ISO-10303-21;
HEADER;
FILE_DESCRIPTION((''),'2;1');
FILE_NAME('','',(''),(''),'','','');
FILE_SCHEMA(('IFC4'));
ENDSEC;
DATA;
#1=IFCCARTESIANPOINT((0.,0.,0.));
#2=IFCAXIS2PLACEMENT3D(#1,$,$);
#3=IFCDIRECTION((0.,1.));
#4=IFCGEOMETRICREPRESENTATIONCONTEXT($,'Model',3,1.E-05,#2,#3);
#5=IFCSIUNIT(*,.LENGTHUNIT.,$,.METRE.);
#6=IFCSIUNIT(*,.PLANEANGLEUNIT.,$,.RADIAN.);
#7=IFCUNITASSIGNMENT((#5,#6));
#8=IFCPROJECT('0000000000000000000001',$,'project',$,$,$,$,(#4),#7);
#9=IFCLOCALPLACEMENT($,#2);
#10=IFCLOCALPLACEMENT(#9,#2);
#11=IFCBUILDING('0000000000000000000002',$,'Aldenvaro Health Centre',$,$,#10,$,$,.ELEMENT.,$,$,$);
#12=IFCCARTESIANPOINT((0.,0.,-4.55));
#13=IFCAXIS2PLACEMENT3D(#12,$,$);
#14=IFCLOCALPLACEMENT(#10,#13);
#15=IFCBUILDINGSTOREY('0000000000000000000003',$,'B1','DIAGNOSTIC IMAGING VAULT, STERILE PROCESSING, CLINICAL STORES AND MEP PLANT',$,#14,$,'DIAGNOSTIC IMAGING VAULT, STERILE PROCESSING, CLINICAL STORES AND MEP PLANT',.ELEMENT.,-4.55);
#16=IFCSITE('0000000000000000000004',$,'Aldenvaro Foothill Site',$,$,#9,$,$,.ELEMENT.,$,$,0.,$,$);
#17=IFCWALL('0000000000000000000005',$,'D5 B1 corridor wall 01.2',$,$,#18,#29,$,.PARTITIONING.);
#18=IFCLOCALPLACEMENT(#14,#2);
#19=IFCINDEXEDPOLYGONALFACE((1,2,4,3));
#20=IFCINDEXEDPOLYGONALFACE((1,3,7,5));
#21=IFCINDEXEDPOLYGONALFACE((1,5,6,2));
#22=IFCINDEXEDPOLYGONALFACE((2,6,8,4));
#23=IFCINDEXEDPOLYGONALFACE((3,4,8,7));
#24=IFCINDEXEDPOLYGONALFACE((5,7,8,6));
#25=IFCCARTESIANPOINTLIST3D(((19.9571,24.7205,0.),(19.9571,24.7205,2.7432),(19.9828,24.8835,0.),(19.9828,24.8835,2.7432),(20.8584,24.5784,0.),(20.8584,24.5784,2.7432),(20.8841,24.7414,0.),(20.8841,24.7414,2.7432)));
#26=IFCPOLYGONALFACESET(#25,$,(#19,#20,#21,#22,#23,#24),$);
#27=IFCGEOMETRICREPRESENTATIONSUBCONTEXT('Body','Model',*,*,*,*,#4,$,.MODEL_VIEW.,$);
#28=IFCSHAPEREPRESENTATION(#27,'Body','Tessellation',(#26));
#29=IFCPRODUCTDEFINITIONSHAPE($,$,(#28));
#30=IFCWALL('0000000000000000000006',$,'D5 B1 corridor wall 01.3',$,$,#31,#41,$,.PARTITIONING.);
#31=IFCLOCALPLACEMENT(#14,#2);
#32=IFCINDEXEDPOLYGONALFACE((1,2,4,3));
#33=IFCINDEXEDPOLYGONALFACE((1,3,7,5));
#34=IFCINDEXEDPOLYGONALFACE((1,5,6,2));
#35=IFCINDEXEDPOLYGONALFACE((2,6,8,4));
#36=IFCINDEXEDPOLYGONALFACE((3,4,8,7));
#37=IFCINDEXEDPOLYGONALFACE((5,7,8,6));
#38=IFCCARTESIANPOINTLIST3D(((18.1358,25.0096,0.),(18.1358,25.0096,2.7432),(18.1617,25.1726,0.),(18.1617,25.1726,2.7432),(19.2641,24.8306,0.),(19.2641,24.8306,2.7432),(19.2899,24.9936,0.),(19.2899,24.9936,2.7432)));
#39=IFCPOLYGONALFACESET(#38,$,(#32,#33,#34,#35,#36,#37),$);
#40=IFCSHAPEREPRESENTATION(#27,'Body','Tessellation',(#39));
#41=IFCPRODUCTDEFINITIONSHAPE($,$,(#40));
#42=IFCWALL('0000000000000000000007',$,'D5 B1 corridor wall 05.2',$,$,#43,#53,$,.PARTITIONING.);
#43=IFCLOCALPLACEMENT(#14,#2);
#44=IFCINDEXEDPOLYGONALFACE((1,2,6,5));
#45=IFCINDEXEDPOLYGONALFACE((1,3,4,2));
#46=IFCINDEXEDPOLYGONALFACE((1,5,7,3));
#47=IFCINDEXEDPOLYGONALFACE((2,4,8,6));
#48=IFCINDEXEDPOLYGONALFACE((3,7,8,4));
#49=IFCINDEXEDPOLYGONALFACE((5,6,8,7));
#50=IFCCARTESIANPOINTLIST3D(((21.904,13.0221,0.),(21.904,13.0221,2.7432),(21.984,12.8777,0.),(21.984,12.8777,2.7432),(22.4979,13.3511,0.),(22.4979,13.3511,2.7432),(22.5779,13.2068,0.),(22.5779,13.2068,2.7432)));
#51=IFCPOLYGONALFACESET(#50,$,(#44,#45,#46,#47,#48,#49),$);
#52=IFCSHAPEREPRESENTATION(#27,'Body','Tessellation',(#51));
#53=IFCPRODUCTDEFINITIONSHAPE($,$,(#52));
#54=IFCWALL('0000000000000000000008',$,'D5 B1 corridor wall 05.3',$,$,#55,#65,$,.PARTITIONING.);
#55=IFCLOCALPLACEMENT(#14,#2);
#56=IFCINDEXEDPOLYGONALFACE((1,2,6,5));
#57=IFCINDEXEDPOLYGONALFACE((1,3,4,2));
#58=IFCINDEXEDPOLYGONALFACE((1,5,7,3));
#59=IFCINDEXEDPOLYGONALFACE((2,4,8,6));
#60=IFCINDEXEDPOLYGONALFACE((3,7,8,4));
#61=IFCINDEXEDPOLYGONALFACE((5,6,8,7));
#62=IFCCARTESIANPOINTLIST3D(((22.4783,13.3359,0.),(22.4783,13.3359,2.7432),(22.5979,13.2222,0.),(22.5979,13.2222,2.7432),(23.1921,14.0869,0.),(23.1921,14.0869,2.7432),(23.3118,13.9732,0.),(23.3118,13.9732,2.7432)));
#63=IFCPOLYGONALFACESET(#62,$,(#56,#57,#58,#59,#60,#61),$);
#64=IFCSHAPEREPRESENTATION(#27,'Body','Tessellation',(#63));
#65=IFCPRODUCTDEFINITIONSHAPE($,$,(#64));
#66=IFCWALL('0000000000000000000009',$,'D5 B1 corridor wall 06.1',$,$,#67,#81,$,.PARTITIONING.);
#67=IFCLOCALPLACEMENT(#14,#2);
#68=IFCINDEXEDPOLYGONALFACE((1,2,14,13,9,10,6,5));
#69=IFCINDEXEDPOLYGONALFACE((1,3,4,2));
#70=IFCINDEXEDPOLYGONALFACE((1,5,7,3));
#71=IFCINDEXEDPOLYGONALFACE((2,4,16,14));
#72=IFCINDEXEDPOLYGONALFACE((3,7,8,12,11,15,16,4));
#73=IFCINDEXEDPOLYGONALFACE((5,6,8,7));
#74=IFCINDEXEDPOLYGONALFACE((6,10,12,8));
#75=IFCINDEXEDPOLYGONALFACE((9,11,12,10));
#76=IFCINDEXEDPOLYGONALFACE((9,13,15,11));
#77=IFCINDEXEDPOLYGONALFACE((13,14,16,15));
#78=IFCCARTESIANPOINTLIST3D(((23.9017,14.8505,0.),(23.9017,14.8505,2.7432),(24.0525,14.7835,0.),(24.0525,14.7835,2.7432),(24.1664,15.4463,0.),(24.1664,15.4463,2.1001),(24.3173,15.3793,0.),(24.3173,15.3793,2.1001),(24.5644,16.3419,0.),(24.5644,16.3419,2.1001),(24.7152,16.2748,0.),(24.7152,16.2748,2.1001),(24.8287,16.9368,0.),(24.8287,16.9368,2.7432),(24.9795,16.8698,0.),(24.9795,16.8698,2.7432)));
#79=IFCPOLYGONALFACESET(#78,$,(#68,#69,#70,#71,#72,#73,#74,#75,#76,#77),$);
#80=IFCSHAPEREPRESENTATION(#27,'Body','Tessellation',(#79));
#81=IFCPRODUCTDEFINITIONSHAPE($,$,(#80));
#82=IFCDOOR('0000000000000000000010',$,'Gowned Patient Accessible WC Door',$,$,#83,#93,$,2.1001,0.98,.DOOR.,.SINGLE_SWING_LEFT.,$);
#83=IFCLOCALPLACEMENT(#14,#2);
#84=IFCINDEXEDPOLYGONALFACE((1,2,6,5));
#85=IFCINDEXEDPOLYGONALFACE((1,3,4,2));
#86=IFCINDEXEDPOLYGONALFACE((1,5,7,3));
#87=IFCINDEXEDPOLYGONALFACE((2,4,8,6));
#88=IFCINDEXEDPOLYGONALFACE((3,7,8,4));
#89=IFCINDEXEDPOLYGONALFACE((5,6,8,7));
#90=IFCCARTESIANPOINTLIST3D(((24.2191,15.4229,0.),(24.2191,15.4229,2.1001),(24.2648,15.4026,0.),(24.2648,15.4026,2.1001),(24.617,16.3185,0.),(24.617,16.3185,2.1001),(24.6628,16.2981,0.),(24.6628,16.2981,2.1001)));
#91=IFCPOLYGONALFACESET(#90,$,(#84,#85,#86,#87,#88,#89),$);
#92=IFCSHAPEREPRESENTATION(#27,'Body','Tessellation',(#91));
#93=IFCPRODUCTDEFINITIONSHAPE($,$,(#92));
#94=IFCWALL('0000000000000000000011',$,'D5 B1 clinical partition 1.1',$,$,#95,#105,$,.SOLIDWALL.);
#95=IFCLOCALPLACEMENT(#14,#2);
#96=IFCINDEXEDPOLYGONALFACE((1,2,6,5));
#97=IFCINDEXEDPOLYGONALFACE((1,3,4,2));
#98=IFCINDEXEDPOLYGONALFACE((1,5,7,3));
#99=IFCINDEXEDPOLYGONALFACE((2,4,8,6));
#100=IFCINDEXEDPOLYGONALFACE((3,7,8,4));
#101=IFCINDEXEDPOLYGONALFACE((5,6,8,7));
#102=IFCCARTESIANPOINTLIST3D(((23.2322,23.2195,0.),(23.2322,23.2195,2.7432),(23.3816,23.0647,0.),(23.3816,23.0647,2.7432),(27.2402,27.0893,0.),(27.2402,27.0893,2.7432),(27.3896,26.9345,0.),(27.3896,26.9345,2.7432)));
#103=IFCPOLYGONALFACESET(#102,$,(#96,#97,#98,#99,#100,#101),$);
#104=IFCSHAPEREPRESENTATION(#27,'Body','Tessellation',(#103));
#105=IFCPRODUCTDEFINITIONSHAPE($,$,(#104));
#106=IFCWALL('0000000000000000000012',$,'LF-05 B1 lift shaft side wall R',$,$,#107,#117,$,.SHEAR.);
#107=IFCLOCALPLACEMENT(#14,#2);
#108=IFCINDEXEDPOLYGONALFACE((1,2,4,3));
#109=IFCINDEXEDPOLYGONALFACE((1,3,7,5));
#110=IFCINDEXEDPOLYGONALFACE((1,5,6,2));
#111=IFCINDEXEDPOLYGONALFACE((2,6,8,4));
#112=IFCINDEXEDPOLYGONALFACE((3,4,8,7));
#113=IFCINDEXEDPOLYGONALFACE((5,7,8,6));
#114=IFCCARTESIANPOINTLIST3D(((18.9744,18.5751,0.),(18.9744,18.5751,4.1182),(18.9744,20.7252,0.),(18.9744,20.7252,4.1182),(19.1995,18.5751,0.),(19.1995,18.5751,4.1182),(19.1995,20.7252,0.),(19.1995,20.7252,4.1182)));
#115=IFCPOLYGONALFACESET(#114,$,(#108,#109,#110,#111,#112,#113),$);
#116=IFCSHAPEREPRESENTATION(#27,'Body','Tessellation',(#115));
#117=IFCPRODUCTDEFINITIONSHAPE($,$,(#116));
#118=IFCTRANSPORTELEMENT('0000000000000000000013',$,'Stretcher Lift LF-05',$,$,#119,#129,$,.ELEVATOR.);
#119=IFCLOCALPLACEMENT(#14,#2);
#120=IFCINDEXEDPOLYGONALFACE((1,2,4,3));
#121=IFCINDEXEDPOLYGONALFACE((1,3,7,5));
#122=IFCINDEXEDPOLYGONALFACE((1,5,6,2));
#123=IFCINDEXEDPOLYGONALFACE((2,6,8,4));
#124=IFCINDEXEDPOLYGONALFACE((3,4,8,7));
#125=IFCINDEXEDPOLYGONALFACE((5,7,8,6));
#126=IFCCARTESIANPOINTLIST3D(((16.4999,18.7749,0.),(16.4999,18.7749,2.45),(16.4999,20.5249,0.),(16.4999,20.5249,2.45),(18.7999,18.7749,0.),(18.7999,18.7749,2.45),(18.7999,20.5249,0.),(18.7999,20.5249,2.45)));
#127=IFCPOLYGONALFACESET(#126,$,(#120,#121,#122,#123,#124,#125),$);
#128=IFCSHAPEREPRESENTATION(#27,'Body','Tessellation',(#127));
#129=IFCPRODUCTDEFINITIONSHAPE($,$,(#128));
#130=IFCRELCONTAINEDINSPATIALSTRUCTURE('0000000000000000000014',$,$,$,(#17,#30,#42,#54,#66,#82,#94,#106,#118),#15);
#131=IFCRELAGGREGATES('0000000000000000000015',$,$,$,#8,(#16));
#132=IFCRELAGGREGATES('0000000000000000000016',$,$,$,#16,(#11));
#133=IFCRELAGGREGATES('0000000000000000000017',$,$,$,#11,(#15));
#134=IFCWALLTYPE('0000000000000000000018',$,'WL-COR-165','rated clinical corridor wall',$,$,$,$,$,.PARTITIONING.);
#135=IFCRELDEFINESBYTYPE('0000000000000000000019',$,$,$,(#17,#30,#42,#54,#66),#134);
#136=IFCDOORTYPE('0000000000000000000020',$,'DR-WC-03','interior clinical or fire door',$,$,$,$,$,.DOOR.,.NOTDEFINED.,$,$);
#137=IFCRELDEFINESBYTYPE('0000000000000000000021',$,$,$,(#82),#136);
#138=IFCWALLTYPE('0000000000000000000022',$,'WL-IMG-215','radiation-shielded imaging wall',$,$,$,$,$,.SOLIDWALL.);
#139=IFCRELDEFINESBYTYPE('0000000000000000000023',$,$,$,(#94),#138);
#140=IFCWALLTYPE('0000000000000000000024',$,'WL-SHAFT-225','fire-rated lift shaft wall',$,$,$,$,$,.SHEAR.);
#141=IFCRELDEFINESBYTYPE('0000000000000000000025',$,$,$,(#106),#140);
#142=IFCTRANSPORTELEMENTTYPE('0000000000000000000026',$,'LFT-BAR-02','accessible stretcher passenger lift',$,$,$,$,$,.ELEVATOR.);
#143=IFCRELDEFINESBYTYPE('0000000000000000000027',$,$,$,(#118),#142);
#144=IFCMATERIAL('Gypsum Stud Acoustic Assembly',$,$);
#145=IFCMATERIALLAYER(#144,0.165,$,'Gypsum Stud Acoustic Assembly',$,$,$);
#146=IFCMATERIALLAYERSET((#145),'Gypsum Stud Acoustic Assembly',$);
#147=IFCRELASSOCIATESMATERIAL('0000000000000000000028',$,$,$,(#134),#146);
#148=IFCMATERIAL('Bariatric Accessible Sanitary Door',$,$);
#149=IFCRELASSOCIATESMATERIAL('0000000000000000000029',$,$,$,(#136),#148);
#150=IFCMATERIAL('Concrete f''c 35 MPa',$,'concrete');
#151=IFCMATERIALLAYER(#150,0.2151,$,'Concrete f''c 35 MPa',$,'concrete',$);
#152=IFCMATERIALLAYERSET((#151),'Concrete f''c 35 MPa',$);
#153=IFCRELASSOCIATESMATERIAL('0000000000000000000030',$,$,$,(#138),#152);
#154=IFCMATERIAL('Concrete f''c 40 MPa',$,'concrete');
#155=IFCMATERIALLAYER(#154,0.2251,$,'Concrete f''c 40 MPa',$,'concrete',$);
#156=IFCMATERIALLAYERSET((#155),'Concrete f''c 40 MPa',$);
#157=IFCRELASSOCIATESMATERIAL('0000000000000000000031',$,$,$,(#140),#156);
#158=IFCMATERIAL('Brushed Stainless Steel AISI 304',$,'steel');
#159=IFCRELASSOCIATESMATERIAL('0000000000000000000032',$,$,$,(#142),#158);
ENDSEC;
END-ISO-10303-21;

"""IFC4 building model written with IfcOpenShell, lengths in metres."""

from ifc_helpers import new_model, si_unit, direction, frame, frame_2d, origin, origin_2d, place, context, subcontext, project, spatial, rectangle, extrude, material, layer, layer_set, type_object, element, fill, save


model = new_model("IFC4")

# Units and contexts
model_context = context("Model", 3, precision=1e-05, world=origin(), true_north=direction((0.0, 1.0)))
body_context = subcontext(model_context, "Body", "Model", "MODEL_VIEW")
ifc_project = project(units=[si_unit("LENGTHUNIT", "METRE"), si_unit("PLANEANGLEUNIT", "RADIAN")], contexts=[model_context])

# Site, building, storey
site_placement = place(None, origin())
site = spatial("IfcSite", under=ifc_project, at=site_placement, Name="Aldenvaro Foothill Site", CompositionType="ELEMENT", RefElevation=0.0)
building_placement = place(site_placement, origin())
building = spatial("IfcBuilding", under=site, at=building_placement, Name="Aldenvaro Health Centre", CompositionType="ELEMENT")
storey_placement = place(building_placement, frame((0.0, 0.0, -4.55)))
storey = spatial("IfcBuildingStorey", under=building, at=storey_placement, Name="B1", Description="DIAGNOSTIC IMAGING VAULT, STERILE PROCESSING, CLINICAL STORES AND MEP PLANT", LongName="DIAGNOSTIC IMAGING VAULT, STERILE PROCESSING, CLINICAL STORES AND MEP PLANT", CompositionType="ELEMENT", Elevation=-4.55)

# Shared definitions
ifc_material_1 = material(Name="Concrete f'c 40 MPa", Category="concrete")

# Shared definitions
ifc_material_2 = material(Name="Gypsum Stud Acoustic Assembly")
ifc_layer_1 = layer(ifc_material_2, 0.165, Name="Gypsum Stud Acoustic Assembly")
ifc_layer_set_1 = layer_set([ifc_layer_1], Name="Gypsum Stud Acoustic Assembly")
wall_type_1 = type_object("IfcWallType", Name="WL-COR-165", Description="rated clinical corridor wall", PredefinedType="PARTITIONING", material=ifc_layer_set_1)

# Walls
wall_1_placement = place(storey_placement, frame((20.8711, 24.6599, 0.0), z_axis=(0.0, 0.0, 1.0), x_axis=(-0.987795, 0.155756, 0.0)))
element("IfcWall", 1, at=wall_1_placement, inside=storey, type_object=wall_type_1, Name="D5 B1 corridor wall 01.2", PredefinedType="PARTITIONING", context=body_context, shape_type="SweptSolid", body=[
    extrude(rectangle(XDim=0.9124, YDim=0.165, at=frame_2d((0.4561, 0.0))), origin(), (0.0, 0.0, 1.0), 2.7432),
])
wall_2_placement = place(storey_placement, frame((19.2771, 24.9121, 0.0), z_axis=(0.0, 0.0, 1.0), x_axis=(-0.987652, 0.156665, 0.0)))
element("IfcWall", 2, at=wall_2_placement, inside=storey, type_object=wall_type_1, Name="D5 B1 corridor wall 01.3", PredefinedType="PARTITIONING", context=body_context, shape_type="SweptSolid", body=[
    extrude(rectangle(XDim=1.1423, YDim=0.165, at=frame_2d((0.5713, 0.0))), origin(), (0.0, 0.0, 1.0), 2.7432),
])
wall_3_placement = place(storey_placement, frame((21.9441, 12.95, 0.0), z_axis=(0.0, 0.0, 1.0), x_axis=(0.874716, 0.484635, 0.0)))
element("IfcWall", 3, at=wall_3_placement, inside=storey, type_object=wall_type_1, Name="D5 B1 corridor wall 05.2", PredefinedType="PARTITIONING", context=body_context, shape_type="SweptSolid", body=[
    extrude(rectangle(XDim=0.679, YDim=0.165, at=frame_2d((0.3394, 0.0))), origin(), (0.0, 0.0, 1.0), 2.7432),
])
wall_4_placement = place(storey_placement, frame((22.5381, 13.2791, 0.0), z_axis=(0.0, 0.0, 1.0), x_axis=(0.688972, 0.724788, 0.0)))
element("IfcWall", 4, at=wall_4_placement, inside=storey, type_object=wall_type_1, Name="D5 B1 corridor wall 05.3", PredefinedType="PARTITIONING", context=body_context, shape_type="SweptSolid", body=[
    extrude(rectangle(XDim=1.0361, YDim=0.165, at=frame_2d((0.5181, 0.0))), origin(), (0.0, 0.0, 1.0), 2.7432),
])

# Wall, opening, door
wall_5_placement = place(storey_placement, frame((23.9771, 14.8169, 0.0), z_axis=(0.0, 0.0, 1.0), x_axis=(0.406069, 0.913842, 0.0)))
wall_5 = element("IfcWall", 5, at=wall_5_placement, inside=storey, type_object=wall_type_1, Name="D5 B1 corridor wall 06.1", PredefinedType="PARTITIONING", context=body_context, shape_type="SweptSolid", body=[
    extrude(rectangle(XDim=2.283, YDim=0.165, at=frame_2d((1.1416, 0.0))), origin(), (0.0, 0.0, 1.0), 2.7432),
])
opening_1_placement = place(wall_5_placement, frame((0.6521, 0.0, 0.0)))
opening_1 = element("IfcOpeningElement", 6, at=opening_1_placement, cuts=wall_5, PredefinedType="OPENING", context=body_context, shape_type="SweptSolid", body=[
    extrude(rectangle(XDim=0.98, YDim=2.1001, at=frame_2d((0.49, 1.05))), frame((0.0, 0.0925, 0.0), z_axis=(0.0, -1.0, 0.0), x_axis=(1.0, 0.0, 0.0)), (0.0, 0.0, 1.0), 0.1851),
])
ifc_material_3 = material(Name="Bariatric Accessible Sanitary Door")
door_type_1 = type_object("IfcDoorType", Name="DR-WC-03", Description="interior clinical or fire door", OperationType="NOTDEFINED", PredefinedType="DOOR", material=ifc_material_3)
door_1_placement = place(opening_1_placement, origin())
door_1 = element("IfcDoor", 7, at=door_1_placement, inside=storey, type_object=door_type_1, Name="Gowned Patient Accessible WC Door", OperationType="SINGLE_SWING_LEFT", OverallHeight=2.1001, OverallWidth=0.98, PredefinedType="DOOR", context=body_context, shape_type="SweptSolid", body=[
    extrude(rectangle(XDim=0.98, YDim=2.1001, at=frame_2d((0.49, 1.05))), frame((0.0, 0.0249, 0.0), z_axis=(0.0, -1.0, 0.0), x_axis=(1.0, 0.0, 0.0)), (0.0, 0.0, 1.0), 0.05),
])
fill(opening_1, door_1)

# Walls
ifc_material_4 = material(Name="Concrete f'c 35 MPa", Category="concrete")
ifc_layer_2 = layer(ifc_material_4, 0.2151, Name="Concrete f'c 35 MPa", Category="concrete")
ifc_layer_set_2 = layer_set([ifc_layer_2], Name="Concrete f'c 35 MPa")
wall_type_2 = type_object("IfcWallType", Name="WL-IMG-215", Description="radiation-shielded imaging wall", PredefinedType="SOLIDWALL", material=ifc_layer_set_2)
wall_6_placement = place(storey_placement, frame((23.3069, 23.1421, 0.0), z_axis=(0.0, 0.0, 1.0), x_axis=(0.719399, 0.694597, 0.0)))
element("IfcWall", 8, at=wall_6_placement, inside=storey, type_object=wall_type_2, Name="D5 B1 clinical partition 1.1", PredefinedType="SOLIDWALL", context=body_context, shape_type="SweptSolid", body=[
    extrude(rectangle(XDim=5.5713, YDim=0.2151, at=frame_2d((2.7856, 0.0))), origin(), (0.0, 0.0, 1.0), 2.7432),
])
ifc_layer_3 = layer(ifc_material_1, 0.2251, Name="Concrete f'c 40 MPa", Category="concrete")
ifc_layer_set_3 = layer_set([ifc_layer_3], Name="Concrete f'c 40 MPa")
wall_type_3 = type_object("IfcWallType", Name="WL-SHAFT-225", Description="fire-rated lift shaft wall", PredefinedType="SHEAR", material=ifc_layer_set_3)
wall_7_placement = place(storey_placement, frame((19.0869, 18.575, 0.0), z_axis=(0.0, 0.0, 1.0), x_axis=(0.0, 1.0, 0.0)))
element("IfcWall", 9, at=wall_7_placement, inside=storey, type_object=wall_type_3, Name="LF-05 B1 lift shaft side wall R", PredefinedType="SHEAR", context=body_context, shape_type="SweptSolid", body=[
    extrude(rectangle(XDim=2.1501, YDim=0.2251, at=frame_2d((1.0752, 0.0))), origin(), (0.0, 0.0, 1.0), 4.1182),
])

# Transport element
ifc_material_5 = material(Name="Brushed Stainless Steel AISI 304", Category="steel")
transport_element_type = type_object("IfcTransportElementType", Name="LFT-BAR-02", Description="accessible stretcher passenger lift", PredefinedType="ELEVATOR", material=ifc_material_5)
transport_element_placement = place(storey_placement, frame((17.6499, 19.6499, 0.0), z_axis=(0.0, 0.0, 1.0), x_axis=(1.0, 0.0, 0.0)))
element("IfcTransportElement", 10, at=transport_element_placement, inside=storey, type_object=transport_element_type, Name="Stretcher Lift LF-05", PredefinedType="ELEVATOR", context=body_context, shape_type="SweptSolid", body=[
    extrude(rectangle(XDim=2.3, YDim=1.75, at=origin_2d()), origin(), (0.0, 0.0, 1.0), 2.45),
])

save(model, "model.ifc")
